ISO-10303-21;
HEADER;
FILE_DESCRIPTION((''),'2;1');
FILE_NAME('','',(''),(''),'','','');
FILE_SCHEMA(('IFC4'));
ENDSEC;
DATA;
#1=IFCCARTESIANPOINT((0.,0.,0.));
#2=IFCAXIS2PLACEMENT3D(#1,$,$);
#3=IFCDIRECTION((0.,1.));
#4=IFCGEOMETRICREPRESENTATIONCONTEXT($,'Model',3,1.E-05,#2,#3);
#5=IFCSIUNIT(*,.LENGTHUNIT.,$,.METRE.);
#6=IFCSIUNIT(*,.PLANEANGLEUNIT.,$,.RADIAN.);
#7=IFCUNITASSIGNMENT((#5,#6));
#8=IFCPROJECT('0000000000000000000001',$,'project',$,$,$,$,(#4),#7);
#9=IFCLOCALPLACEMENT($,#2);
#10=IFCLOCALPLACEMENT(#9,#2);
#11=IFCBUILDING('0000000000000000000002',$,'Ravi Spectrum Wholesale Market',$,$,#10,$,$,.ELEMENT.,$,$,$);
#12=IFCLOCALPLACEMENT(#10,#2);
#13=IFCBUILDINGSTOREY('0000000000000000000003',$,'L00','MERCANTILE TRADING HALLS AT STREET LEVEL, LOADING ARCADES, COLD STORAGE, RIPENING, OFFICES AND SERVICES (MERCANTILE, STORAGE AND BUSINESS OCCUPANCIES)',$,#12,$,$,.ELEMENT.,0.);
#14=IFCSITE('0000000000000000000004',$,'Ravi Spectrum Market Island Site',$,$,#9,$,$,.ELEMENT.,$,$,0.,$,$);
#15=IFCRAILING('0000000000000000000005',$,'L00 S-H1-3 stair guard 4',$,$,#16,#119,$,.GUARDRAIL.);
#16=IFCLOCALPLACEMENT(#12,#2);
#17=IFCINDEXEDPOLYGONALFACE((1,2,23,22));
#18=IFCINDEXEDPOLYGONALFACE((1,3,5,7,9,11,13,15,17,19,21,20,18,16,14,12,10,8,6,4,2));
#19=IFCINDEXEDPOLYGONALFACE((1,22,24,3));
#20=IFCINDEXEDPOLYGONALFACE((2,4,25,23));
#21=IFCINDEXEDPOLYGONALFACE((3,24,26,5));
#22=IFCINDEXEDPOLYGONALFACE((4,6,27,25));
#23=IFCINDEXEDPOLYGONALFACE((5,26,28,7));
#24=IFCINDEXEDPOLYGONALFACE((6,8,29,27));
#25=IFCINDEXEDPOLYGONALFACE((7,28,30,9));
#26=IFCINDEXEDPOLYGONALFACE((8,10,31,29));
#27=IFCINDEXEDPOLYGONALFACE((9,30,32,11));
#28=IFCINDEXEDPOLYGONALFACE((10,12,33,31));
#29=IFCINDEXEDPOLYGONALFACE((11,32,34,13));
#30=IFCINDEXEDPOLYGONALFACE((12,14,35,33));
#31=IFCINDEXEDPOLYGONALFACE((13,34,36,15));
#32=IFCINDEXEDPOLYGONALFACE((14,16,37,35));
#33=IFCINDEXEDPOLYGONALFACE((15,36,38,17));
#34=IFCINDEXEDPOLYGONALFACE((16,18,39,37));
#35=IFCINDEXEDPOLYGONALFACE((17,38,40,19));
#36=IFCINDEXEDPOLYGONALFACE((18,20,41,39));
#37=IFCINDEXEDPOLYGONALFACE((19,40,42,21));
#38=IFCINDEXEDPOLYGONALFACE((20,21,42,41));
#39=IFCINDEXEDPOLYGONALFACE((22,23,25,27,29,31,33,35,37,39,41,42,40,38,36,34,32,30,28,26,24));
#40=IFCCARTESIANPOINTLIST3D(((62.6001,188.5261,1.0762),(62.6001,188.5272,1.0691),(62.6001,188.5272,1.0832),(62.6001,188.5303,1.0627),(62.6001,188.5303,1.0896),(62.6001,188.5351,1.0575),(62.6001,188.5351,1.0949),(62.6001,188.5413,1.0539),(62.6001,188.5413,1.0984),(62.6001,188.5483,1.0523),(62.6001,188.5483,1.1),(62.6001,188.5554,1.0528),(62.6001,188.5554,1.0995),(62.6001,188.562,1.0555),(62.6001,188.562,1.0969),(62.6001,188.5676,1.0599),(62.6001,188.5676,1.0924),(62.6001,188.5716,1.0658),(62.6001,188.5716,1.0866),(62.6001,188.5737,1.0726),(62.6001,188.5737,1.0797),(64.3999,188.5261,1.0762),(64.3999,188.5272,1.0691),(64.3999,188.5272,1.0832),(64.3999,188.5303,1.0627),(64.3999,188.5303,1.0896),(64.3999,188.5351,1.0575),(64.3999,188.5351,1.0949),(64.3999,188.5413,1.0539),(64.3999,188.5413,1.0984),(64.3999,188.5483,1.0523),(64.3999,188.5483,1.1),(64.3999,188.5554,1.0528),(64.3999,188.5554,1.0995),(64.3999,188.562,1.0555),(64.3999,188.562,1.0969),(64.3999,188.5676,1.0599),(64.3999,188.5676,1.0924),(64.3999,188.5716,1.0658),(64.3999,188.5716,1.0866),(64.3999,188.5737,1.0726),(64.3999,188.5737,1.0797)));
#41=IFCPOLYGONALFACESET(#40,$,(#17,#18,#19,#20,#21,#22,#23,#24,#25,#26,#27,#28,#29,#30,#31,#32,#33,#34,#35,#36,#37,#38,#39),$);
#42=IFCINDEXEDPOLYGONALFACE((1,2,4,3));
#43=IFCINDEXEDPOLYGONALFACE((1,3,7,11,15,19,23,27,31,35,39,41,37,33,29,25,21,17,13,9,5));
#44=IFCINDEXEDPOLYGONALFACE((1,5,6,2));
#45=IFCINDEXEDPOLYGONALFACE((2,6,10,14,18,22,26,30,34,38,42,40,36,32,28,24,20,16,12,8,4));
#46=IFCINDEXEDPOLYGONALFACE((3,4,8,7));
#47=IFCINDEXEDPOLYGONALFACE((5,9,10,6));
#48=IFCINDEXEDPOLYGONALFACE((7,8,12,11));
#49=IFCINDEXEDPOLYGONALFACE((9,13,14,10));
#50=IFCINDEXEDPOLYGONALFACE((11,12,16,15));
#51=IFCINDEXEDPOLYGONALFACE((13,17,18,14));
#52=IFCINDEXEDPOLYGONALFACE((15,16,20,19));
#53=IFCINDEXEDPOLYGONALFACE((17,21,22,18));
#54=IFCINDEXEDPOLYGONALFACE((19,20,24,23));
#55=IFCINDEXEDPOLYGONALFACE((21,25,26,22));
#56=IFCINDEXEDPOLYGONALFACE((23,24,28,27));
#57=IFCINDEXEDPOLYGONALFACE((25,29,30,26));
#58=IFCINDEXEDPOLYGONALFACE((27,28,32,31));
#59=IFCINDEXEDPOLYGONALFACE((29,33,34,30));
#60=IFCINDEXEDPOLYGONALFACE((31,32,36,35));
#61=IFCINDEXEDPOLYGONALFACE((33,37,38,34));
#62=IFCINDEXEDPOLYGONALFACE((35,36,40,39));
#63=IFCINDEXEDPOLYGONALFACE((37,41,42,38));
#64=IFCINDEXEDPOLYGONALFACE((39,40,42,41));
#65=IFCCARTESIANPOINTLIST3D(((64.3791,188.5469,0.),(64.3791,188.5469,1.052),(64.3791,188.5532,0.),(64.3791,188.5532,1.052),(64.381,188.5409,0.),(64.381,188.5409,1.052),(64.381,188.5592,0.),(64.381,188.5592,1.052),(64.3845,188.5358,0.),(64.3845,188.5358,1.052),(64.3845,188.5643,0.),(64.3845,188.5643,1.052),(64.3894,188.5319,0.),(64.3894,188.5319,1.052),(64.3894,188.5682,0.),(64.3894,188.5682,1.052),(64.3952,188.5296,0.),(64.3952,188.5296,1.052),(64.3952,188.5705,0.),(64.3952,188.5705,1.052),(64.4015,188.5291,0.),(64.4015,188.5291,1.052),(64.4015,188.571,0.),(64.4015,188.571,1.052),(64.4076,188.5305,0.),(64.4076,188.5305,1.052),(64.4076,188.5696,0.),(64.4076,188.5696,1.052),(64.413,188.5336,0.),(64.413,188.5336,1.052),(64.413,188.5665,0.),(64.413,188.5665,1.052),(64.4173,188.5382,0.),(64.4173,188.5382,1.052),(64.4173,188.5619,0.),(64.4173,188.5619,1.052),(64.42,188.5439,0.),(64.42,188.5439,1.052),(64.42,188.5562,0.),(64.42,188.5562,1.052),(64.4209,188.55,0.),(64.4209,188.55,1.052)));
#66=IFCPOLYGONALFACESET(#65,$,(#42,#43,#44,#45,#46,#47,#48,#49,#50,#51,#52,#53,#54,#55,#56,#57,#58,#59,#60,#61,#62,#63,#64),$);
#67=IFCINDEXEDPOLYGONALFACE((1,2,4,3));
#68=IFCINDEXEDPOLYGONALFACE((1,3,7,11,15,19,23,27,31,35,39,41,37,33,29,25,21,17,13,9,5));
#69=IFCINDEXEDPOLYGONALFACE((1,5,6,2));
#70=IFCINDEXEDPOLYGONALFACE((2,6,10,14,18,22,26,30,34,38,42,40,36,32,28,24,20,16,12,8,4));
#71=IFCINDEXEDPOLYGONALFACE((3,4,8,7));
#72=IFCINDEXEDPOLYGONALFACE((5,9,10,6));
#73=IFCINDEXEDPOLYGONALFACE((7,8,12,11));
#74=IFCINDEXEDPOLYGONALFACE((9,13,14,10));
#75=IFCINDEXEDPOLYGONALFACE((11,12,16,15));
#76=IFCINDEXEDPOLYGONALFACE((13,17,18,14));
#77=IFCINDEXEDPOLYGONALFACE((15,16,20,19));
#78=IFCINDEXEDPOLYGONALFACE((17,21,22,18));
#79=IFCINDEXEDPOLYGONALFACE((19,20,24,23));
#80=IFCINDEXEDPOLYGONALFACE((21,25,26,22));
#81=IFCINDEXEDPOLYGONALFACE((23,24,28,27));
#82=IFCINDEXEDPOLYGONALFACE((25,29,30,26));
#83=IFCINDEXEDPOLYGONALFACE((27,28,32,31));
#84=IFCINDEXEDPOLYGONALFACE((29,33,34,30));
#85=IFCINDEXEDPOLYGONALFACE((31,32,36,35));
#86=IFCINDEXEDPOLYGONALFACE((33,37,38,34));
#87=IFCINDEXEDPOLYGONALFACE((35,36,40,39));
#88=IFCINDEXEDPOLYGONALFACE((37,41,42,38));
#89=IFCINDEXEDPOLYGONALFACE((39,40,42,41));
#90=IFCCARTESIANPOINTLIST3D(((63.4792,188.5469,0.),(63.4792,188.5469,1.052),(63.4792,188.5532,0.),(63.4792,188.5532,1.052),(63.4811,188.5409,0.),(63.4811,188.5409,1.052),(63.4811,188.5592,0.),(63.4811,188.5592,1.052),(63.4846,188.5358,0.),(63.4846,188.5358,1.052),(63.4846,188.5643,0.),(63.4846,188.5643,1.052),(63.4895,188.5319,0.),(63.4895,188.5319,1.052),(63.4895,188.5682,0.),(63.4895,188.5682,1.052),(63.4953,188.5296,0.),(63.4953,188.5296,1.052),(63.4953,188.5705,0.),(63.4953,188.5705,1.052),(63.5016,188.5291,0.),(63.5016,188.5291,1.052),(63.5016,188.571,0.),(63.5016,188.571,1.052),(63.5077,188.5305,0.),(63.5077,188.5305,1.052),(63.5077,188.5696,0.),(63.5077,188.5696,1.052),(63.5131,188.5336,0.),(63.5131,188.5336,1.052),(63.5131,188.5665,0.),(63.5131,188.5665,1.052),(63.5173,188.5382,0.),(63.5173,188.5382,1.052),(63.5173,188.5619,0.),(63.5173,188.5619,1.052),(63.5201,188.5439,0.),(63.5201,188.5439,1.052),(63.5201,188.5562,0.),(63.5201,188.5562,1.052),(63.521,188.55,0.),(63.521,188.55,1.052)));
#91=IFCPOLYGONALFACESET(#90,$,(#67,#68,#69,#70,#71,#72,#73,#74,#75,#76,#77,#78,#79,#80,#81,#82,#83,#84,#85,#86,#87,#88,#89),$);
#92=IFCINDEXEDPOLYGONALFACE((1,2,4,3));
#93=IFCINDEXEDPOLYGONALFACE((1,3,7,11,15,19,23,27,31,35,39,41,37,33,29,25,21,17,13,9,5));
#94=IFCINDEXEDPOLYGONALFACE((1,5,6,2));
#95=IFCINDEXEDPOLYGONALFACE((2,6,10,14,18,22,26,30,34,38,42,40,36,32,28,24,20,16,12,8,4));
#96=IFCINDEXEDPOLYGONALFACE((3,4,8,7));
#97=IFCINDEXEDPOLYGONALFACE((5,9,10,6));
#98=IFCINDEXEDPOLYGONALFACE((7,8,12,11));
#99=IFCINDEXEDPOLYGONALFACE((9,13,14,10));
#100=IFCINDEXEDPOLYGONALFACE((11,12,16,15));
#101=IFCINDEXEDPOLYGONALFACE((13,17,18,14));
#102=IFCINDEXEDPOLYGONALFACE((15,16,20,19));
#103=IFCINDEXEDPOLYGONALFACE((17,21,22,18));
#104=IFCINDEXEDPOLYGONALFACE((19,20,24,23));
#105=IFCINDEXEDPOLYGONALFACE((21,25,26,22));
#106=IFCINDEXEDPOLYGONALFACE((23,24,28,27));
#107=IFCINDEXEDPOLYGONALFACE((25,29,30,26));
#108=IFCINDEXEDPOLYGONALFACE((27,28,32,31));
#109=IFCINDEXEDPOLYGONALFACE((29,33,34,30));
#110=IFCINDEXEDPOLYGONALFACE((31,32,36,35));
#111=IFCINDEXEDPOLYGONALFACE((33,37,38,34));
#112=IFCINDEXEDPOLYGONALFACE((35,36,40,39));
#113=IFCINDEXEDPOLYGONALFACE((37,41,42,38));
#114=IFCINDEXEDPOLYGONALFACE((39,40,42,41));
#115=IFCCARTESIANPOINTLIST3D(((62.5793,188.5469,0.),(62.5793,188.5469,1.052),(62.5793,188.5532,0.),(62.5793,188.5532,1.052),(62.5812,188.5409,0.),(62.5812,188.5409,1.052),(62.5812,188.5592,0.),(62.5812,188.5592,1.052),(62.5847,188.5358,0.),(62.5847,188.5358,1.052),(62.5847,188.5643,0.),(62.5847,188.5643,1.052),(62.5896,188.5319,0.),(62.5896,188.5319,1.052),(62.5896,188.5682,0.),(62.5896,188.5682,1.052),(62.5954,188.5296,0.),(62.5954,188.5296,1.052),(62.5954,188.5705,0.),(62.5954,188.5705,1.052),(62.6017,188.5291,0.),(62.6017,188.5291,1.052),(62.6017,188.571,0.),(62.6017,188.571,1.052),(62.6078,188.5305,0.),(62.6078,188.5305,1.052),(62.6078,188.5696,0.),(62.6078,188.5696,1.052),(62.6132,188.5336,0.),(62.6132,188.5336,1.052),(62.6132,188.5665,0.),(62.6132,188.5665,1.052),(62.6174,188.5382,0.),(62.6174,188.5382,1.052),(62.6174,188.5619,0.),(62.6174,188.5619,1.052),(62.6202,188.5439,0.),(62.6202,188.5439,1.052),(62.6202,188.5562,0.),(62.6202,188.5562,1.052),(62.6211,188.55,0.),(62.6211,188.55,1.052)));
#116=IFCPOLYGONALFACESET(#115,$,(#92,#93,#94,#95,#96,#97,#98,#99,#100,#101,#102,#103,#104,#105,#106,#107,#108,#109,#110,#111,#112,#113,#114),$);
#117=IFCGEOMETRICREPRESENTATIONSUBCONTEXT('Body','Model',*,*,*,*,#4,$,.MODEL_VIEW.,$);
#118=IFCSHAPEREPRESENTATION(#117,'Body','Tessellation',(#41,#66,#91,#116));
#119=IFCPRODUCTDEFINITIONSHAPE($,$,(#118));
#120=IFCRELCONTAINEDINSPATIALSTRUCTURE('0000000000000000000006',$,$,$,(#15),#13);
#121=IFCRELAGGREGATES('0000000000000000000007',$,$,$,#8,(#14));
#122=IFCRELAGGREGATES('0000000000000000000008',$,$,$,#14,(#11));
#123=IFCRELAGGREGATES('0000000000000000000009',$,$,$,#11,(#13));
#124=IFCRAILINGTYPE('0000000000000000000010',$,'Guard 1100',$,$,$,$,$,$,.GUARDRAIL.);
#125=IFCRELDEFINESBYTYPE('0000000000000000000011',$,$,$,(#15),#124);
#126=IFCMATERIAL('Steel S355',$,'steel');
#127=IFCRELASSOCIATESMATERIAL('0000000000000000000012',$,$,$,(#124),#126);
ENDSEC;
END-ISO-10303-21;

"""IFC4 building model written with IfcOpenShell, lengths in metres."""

from ifc_helpers import new_model, si_unit, direction, frame, origin, origin_2d, place, context, subcontext, project, spatial, circle, extrude, material, type_object, element, save


model = new_model("IFC4")

# Units and contexts
model_context = context("Model", 3, precision=1e-05, world=origin(), true_north=direction((0.0, 1.0)))
body_context = subcontext(model_context, "Body", "Model", "MODEL_VIEW")
ifc_project = project(units=[si_unit("LENGTHUNIT", "METRE"), si_unit("PLANEANGLEUNIT", "RADIAN")], contexts=[model_context])

# Site, building, storey
site_placement = place(None, origin())
site = spatial("IfcSite", under=ifc_project, at=site_placement, Name="Ravi Spectrum Market Island Site", CompositionType="ELEMENT", RefElevation=0.0)
building_placement = place(site_placement, origin())
building = spatial("IfcBuilding", under=site, at=building_placement, Name="Ravi Spectrum Wholesale Market", CompositionType="ELEMENT")
storey_placement = place(building_placement, origin())
storey = spatial("IfcBuildingStorey", under=building, at=storey_placement, Name="L00", Description="MERCANTILE TRADING HALLS AT STREET LEVEL, LOADING ARCADES, COLD STORAGE, RIPENING, OFFICES AND SERVICES (MERCANTILE, STORAGE AND BUSINESS OCCUPANCIES)", CompositionType="ELEMENT", Elevation=0.0)

# Railing
ifc_material_1 = material(Name="Steel S355", Category="steel")
railing_type_1 = type_object("IfcRailingType", Name="Guard 1100", PredefinedType="GUARDRAIL", material=ifc_material_1)
railing_1_placement = place(storey_placement, frame((64.3999, 188.55, 0.0)))
element("IfcRailing", 1, at=railing_1_placement, inside=storey, type_object=railing_type_1, Name="L00 S-H1-3 stair guard 4", PredefinedType="GUARDRAIL", context=body_context, shape_type="SweptSolid", body=[
    extrude(circle(Radius=0.0239, at=origin_2d()), frame((0.0, 0.0, 1.0762), z_axis=(-1.0, 0.0, 0.0), x_axis=(0.0, -1.0, 0.0)), (0.0, 0.0, 1.0), 1.7998),
    extrude(circle(Radius=0.021, at=origin_2d()), origin(), (0.0, 0.0, 1.0), 1.052),
    extrude(circle(Radius=0.021, at=origin_2d()), frame((-0.8999, 0.0, 0.0)), (0.0, 0.0, 1.0), 1.052),
    extrude(circle(Radius=0.021, at=origin_2d()), frame((-1.7998, 0.0, 0.0)), (0.0, 0.0, 1.0), 1.052),
])

save(model, "model.ifc")
